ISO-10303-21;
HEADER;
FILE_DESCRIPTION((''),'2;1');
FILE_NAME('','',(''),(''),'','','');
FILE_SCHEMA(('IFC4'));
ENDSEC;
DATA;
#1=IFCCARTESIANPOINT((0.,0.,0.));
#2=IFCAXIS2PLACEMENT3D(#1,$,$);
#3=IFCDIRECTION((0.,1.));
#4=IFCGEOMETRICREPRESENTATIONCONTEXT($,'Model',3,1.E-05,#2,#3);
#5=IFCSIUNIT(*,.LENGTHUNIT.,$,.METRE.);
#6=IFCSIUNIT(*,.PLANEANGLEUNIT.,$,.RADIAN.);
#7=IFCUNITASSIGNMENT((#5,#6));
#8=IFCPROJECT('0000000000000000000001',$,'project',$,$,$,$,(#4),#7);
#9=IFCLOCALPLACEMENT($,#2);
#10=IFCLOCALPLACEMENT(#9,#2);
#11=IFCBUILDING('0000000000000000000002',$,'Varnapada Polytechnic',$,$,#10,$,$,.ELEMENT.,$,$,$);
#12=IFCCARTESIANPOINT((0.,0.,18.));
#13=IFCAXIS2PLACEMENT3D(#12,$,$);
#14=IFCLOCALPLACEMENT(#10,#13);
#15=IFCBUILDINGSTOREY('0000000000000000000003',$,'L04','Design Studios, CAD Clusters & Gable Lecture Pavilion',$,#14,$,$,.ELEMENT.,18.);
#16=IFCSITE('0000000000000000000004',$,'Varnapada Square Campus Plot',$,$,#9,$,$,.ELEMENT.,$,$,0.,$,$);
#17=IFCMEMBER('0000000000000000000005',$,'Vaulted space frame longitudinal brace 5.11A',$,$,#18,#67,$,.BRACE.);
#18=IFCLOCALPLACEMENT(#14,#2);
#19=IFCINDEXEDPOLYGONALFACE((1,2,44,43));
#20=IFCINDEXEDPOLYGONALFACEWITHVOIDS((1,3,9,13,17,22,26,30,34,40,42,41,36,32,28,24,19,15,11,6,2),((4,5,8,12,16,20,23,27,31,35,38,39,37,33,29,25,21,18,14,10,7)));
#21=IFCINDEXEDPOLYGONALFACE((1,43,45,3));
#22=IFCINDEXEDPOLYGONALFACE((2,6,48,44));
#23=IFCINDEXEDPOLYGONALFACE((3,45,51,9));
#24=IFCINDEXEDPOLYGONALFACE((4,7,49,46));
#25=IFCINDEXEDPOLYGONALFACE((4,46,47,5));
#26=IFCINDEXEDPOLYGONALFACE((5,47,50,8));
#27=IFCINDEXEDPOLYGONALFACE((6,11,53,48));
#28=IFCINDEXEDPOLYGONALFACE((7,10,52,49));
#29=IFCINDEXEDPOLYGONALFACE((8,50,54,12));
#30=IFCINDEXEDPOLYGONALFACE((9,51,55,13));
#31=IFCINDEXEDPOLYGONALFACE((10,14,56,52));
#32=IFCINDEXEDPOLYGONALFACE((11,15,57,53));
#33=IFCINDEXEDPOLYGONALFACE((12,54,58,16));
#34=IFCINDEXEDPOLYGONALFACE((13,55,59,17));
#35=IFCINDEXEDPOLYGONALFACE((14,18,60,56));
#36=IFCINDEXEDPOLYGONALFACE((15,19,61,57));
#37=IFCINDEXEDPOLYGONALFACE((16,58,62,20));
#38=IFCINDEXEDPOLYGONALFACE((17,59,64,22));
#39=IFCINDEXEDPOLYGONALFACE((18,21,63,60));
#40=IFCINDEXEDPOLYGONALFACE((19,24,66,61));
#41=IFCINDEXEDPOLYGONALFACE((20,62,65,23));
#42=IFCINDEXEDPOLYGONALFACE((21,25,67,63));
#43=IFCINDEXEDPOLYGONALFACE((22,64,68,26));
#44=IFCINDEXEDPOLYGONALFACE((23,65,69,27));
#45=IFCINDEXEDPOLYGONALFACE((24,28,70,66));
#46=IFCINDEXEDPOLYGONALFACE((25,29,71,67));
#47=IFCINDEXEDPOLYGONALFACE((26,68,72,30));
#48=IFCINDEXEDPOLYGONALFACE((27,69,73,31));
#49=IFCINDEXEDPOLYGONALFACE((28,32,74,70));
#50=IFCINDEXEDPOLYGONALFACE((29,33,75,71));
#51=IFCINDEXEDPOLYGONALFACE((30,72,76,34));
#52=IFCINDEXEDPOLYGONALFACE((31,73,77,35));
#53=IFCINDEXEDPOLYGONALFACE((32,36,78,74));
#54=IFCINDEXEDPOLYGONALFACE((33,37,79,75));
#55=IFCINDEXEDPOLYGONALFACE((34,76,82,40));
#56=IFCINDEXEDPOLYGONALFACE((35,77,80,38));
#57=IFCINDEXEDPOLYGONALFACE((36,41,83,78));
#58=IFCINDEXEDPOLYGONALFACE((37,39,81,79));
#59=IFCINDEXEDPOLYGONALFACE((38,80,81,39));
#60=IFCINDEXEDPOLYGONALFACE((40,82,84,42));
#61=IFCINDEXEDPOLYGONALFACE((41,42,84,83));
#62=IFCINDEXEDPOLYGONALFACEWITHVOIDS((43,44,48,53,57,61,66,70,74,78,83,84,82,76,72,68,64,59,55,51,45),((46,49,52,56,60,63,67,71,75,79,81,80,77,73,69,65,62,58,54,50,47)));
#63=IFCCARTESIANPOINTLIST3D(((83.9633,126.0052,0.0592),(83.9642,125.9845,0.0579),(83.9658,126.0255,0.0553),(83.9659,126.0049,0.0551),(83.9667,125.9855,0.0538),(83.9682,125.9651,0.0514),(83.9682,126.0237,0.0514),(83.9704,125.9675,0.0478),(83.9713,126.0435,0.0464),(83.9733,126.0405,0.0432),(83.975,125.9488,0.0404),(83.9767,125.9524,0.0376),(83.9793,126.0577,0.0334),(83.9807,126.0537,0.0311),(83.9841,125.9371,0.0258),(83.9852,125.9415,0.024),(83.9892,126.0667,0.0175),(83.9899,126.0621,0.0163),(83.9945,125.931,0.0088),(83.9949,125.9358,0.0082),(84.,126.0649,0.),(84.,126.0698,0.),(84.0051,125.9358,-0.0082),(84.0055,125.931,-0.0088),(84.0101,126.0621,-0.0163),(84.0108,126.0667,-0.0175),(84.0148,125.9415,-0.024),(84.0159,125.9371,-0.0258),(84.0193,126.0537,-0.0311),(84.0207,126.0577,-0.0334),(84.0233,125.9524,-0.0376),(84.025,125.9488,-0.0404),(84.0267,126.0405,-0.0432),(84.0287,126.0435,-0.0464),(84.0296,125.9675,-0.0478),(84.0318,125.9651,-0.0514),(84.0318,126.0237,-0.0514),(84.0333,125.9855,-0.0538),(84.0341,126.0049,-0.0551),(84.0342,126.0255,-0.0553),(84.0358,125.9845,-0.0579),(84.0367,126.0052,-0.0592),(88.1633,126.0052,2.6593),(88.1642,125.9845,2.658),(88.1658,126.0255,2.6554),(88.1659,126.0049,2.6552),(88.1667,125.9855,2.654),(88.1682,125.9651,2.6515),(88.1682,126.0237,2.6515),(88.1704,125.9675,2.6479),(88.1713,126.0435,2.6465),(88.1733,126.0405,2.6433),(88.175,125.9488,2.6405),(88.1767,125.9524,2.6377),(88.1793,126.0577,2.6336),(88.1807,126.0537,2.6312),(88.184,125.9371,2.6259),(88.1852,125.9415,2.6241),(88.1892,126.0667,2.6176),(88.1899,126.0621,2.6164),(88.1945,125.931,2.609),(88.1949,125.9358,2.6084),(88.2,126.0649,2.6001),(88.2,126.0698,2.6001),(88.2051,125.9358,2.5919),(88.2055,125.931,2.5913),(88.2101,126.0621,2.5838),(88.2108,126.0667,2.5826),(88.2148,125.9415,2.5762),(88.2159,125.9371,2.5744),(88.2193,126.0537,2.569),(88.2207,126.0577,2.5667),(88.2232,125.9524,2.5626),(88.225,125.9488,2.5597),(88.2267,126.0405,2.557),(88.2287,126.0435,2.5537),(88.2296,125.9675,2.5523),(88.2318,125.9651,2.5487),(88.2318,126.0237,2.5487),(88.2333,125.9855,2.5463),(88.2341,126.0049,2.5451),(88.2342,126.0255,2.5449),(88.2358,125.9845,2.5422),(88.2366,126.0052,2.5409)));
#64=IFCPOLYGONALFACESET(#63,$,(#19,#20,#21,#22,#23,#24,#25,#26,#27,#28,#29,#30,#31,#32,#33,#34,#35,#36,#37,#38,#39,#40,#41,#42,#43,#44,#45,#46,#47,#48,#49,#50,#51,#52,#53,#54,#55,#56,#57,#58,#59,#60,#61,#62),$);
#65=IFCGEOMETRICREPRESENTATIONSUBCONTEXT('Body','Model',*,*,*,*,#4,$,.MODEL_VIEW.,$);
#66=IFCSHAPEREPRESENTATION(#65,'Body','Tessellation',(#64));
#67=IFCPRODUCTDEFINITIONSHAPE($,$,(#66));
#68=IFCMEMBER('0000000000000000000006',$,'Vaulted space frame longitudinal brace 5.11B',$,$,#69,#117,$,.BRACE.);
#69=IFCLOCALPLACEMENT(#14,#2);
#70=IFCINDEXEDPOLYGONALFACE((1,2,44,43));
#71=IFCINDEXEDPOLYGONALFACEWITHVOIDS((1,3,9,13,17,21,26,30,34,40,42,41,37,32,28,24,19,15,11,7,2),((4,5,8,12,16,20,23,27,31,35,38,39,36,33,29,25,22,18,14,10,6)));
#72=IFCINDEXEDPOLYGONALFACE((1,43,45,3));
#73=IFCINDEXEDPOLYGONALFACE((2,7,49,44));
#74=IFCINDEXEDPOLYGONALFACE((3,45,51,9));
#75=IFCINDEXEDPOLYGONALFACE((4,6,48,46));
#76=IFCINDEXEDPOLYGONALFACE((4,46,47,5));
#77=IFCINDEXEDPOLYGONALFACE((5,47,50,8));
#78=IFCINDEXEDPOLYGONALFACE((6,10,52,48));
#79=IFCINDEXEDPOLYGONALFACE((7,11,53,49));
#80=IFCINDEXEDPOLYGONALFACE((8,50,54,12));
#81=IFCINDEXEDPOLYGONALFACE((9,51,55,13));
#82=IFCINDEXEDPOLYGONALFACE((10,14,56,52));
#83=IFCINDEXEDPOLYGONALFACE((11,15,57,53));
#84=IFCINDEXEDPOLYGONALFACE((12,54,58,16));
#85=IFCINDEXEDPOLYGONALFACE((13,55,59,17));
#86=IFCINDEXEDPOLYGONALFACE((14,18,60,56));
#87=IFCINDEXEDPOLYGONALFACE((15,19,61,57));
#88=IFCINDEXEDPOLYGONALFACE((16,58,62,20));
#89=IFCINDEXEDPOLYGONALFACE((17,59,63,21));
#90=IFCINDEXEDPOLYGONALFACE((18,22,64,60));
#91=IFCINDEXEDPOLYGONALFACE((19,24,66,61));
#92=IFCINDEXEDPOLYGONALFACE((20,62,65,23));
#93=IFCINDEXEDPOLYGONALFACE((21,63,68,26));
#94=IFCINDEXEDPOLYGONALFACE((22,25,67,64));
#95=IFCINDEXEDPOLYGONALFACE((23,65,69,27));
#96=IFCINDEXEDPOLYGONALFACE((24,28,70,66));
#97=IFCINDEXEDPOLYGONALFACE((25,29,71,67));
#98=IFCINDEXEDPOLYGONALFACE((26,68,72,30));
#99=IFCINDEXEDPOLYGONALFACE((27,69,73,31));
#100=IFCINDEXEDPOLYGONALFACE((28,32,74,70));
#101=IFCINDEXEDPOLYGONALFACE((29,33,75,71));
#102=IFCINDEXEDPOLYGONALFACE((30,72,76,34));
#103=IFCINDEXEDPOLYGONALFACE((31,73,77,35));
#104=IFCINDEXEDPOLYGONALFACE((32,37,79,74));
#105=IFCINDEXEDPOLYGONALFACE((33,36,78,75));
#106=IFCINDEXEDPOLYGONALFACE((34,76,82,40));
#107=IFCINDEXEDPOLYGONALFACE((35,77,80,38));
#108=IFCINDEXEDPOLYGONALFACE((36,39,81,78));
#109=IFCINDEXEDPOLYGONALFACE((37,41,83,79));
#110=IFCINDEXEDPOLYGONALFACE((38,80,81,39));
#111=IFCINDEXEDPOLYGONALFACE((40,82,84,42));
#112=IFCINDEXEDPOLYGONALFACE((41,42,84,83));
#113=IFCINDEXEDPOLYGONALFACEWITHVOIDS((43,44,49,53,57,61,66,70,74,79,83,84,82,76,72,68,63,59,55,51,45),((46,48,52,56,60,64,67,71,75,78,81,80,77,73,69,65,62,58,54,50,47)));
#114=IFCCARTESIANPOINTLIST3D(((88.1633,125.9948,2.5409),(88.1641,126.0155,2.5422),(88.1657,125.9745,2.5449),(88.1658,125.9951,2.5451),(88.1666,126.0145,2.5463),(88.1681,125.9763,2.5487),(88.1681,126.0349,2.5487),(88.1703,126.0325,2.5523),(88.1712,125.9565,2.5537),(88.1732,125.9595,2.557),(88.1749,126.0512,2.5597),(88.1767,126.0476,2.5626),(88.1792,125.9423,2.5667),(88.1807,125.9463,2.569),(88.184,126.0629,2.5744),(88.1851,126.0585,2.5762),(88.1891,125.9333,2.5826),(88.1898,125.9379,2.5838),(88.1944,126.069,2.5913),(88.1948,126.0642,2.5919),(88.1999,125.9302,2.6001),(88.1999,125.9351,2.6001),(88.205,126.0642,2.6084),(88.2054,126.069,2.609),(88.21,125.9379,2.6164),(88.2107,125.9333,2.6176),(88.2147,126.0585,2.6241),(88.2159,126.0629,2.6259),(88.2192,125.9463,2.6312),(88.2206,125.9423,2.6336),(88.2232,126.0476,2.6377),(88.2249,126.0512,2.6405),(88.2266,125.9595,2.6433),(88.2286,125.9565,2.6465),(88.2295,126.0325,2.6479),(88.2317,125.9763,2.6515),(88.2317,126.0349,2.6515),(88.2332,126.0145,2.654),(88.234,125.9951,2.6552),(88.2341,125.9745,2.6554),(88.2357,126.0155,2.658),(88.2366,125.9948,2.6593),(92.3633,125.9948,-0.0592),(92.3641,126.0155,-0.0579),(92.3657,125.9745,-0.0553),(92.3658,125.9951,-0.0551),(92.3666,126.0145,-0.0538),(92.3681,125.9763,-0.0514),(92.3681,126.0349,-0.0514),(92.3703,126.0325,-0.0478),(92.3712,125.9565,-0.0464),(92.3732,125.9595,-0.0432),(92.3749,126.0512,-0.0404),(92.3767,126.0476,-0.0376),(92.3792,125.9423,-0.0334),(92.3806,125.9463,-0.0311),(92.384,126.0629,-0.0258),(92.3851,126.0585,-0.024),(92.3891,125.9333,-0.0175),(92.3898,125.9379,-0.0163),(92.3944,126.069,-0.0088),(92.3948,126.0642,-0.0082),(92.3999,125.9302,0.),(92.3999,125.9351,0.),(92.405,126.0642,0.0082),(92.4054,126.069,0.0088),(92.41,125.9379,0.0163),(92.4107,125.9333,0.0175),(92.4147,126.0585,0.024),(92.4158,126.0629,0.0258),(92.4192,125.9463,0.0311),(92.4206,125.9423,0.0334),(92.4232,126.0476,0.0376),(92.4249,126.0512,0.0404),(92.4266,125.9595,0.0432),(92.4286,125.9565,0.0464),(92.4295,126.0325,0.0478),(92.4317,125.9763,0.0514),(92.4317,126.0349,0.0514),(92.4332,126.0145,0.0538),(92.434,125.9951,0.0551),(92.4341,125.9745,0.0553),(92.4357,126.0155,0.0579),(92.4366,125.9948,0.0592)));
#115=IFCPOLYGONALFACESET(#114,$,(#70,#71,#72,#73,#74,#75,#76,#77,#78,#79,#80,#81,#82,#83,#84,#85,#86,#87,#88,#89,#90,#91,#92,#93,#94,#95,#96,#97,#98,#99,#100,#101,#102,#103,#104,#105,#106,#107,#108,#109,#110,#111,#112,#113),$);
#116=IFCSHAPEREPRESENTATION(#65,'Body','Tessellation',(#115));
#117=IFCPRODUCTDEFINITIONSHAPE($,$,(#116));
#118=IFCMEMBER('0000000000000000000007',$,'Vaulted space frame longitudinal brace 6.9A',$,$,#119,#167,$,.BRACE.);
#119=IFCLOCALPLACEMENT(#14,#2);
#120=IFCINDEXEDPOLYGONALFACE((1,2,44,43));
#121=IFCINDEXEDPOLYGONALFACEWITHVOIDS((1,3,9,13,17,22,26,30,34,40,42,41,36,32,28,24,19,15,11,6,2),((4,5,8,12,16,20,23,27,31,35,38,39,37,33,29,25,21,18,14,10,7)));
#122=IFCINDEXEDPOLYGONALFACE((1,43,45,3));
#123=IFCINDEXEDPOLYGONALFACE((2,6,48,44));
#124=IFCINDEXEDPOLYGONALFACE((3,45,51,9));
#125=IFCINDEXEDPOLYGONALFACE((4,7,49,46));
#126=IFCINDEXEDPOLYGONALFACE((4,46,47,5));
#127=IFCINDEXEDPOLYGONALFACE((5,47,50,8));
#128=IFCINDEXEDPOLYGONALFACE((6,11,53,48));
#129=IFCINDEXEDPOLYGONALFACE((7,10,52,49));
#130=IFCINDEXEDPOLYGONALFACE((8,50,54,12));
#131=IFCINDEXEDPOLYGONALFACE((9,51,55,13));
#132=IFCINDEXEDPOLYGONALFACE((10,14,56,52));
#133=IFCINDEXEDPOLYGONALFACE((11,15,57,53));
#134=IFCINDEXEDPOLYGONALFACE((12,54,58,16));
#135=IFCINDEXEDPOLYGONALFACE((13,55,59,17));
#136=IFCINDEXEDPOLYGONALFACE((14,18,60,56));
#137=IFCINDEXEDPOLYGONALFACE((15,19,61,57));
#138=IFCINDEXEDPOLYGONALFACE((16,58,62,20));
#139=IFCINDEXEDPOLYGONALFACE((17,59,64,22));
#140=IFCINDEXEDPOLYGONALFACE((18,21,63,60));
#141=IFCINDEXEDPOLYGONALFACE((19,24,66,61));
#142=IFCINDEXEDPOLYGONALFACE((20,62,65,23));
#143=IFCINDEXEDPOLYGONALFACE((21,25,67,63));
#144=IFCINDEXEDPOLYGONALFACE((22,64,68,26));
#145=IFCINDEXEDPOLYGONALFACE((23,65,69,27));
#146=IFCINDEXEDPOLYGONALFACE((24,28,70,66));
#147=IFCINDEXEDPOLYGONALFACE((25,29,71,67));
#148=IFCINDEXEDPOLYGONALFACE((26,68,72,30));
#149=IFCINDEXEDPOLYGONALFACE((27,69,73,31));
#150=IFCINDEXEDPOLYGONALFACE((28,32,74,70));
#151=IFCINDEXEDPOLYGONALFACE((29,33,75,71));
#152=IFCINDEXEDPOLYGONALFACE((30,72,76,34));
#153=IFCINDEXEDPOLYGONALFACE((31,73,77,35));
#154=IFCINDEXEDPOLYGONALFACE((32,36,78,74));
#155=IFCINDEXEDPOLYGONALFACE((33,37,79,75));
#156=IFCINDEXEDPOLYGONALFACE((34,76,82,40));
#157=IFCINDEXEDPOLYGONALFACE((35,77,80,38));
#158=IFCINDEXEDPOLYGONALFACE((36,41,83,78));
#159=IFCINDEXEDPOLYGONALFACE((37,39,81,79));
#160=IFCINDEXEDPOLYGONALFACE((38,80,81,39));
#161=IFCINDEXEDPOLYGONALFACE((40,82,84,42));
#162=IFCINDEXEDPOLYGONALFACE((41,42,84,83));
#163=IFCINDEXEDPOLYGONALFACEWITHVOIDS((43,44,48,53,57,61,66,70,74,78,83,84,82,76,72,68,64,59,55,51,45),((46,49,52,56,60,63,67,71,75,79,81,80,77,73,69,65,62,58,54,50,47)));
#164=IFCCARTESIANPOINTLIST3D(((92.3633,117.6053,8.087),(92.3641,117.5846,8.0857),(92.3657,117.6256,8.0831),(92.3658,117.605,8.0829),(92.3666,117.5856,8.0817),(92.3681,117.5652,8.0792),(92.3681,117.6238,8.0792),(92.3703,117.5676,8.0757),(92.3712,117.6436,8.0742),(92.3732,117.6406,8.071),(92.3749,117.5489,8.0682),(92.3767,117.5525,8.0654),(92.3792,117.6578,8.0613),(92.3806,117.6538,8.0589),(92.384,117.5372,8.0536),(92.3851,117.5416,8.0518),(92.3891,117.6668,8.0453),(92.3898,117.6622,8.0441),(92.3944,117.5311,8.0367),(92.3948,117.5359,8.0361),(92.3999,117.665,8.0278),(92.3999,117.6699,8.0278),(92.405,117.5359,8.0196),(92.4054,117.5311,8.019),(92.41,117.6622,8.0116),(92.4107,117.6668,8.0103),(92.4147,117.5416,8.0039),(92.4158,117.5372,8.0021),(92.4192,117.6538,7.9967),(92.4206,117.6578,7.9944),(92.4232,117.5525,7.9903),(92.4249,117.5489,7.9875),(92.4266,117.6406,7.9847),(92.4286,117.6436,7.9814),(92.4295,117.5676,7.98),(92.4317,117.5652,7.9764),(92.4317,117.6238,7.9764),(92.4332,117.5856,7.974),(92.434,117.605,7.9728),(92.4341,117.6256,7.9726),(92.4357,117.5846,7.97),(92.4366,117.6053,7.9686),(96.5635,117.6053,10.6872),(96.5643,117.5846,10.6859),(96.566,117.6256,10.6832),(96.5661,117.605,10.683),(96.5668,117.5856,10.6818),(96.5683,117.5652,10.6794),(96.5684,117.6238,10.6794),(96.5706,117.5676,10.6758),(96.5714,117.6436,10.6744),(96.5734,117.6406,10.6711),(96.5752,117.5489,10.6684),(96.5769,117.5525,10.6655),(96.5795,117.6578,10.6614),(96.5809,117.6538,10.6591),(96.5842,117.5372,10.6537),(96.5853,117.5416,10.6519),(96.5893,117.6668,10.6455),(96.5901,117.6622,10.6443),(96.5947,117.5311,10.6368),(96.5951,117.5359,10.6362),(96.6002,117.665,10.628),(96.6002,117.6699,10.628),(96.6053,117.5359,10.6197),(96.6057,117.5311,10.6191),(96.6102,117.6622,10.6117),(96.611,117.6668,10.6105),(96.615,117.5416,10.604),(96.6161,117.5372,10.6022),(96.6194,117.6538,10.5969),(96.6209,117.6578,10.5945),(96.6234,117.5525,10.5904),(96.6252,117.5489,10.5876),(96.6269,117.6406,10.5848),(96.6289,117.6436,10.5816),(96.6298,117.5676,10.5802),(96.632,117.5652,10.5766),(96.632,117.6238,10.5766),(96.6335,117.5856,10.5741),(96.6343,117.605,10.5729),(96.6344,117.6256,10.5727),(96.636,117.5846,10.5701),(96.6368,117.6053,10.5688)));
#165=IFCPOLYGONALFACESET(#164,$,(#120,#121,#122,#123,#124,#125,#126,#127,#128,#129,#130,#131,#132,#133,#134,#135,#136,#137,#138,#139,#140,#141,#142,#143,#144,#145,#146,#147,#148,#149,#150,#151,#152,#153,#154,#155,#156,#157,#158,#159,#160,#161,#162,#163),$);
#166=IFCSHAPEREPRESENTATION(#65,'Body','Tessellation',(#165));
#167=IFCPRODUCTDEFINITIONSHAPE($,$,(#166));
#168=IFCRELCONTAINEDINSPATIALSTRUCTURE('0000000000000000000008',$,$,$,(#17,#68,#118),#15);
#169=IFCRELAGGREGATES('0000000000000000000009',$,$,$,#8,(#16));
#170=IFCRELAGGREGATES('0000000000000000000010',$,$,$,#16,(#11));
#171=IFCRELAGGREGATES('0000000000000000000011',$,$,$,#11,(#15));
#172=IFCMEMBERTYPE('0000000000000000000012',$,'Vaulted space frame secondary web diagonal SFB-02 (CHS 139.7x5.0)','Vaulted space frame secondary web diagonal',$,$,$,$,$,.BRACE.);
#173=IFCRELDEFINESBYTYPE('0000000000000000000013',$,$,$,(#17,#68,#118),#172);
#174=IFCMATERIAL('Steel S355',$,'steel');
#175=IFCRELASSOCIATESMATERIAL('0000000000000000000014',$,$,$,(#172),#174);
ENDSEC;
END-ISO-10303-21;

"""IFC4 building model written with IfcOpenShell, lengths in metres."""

from ifc_helpers import new_model, si_unit, direction, frame, origin, origin_2d, place, context, subcontext, project, spatial, hollow_circle, extrude, material, material_profile, profile_set, type_object, element, save


model = new_model("IFC4")

# Units and contexts
model_context = context("Model", 3, precision=1e-05, world=origin(), true_north=direction((0.0, 1.0)))
body_context = subcontext(model_context, "Body", "Model", "MODEL_VIEW")
ifc_project = project(units=[si_unit("LENGTHUNIT", "METRE"), si_unit("PLANEANGLEUNIT", "RADIAN")], contexts=[model_context])

# Site, building, storey
site_placement = place(None, origin())
site = spatial("IfcSite", under=ifc_project, at=site_placement, Name="Varnapada Square Campus Plot", CompositionType="ELEMENT", RefElevation=0.0)
building_placement = place(site_placement, origin())
building = spatial("IfcBuilding", under=site, at=building_placement, Name="Varnapada Polytechnic", CompositionType="ELEMENT")
storey_placement = place(building_placement, frame((0.0, 0.0, 18.0)))
storey = spatial("IfcBuildingStorey", under=building, at=storey_placement, Name="L04", Description="Design Studios, CAD Clusters & Gable Lecture Pavilion", CompositionType="ELEMENT", Elevation=18.0)

# Shared definitions
ifc_material = material(Name="Steel S355", Category="steel")

# Members
ifc_material_profile_1 = material_profile(ifc_material, hollow_circle(Radius=0.0698, WallThickness=0.0049, at=origin_2d()), Name="CHS 139.7x5.0")
ifc_profile_set_1 = profile_set([ifc_material_profile_1], Name="Steel S355")
member_type_1 = type_object("IfcMemberType", Name="Vaulted space frame secondary web diagonal SFB-02 (CHS 139.7x5.0)", Description="Vaulted space frame secondary web diagonal", PredefinedType="BRACE", material=ifc_profile_set_1)
for number, where, z_axis, x_axis, name in (
    (1, (84.0, 126.0, 0.0), (0.850254, 0.0, 0.526373), (0.0, 1.0, 0.0), "Vaulted space frame longitudinal brace 5.11A"),
    (2, (92.3999, 126.0, 0.0), (-0.850254, 0.0, 0.526373), (0.0, -1.0, 0.0), "Vaulted space frame longitudinal brace 5.11B"),
):
    element("IfcMember", number, at=place(storey_placement, frame(where, z_axis=z_axis, x_axis=x_axis)), inside=storey, type_object=member_type_1, Name=name, PredefinedType="BRACE", context=body_context, shape_type="SweptSolid", body=[
        extrude(hollow_circle(Radius=0.0698, WallThickness=0.0049, at=origin_2d()), origin(), (0.0, 0.0, 1.0), 4.9397),
    ])
member_1_placement = place(storey_placement, frame((92.3999, 117.6001, 8.0278), z_axis=(0.850267, 0.0, 0.526351), x_axis=(0.0, 1.0, 0.0)))
element("IfcMember", 3, at=member_1_placement, inside=storey, type_object=member_type_1, Name="Vaulted space frame longitudinal brace 6.9A", PredefinedType="BRACE", context=body_context, shape_type="SweptSolid", body=[
    extrude(hollow_circle(Radius=0.0698, WallThickness=0.0049, at=origin_2d()), origin(), (0.0, 0.0, 1.0), 4.9399),
])

save(model, "model.ifc")
